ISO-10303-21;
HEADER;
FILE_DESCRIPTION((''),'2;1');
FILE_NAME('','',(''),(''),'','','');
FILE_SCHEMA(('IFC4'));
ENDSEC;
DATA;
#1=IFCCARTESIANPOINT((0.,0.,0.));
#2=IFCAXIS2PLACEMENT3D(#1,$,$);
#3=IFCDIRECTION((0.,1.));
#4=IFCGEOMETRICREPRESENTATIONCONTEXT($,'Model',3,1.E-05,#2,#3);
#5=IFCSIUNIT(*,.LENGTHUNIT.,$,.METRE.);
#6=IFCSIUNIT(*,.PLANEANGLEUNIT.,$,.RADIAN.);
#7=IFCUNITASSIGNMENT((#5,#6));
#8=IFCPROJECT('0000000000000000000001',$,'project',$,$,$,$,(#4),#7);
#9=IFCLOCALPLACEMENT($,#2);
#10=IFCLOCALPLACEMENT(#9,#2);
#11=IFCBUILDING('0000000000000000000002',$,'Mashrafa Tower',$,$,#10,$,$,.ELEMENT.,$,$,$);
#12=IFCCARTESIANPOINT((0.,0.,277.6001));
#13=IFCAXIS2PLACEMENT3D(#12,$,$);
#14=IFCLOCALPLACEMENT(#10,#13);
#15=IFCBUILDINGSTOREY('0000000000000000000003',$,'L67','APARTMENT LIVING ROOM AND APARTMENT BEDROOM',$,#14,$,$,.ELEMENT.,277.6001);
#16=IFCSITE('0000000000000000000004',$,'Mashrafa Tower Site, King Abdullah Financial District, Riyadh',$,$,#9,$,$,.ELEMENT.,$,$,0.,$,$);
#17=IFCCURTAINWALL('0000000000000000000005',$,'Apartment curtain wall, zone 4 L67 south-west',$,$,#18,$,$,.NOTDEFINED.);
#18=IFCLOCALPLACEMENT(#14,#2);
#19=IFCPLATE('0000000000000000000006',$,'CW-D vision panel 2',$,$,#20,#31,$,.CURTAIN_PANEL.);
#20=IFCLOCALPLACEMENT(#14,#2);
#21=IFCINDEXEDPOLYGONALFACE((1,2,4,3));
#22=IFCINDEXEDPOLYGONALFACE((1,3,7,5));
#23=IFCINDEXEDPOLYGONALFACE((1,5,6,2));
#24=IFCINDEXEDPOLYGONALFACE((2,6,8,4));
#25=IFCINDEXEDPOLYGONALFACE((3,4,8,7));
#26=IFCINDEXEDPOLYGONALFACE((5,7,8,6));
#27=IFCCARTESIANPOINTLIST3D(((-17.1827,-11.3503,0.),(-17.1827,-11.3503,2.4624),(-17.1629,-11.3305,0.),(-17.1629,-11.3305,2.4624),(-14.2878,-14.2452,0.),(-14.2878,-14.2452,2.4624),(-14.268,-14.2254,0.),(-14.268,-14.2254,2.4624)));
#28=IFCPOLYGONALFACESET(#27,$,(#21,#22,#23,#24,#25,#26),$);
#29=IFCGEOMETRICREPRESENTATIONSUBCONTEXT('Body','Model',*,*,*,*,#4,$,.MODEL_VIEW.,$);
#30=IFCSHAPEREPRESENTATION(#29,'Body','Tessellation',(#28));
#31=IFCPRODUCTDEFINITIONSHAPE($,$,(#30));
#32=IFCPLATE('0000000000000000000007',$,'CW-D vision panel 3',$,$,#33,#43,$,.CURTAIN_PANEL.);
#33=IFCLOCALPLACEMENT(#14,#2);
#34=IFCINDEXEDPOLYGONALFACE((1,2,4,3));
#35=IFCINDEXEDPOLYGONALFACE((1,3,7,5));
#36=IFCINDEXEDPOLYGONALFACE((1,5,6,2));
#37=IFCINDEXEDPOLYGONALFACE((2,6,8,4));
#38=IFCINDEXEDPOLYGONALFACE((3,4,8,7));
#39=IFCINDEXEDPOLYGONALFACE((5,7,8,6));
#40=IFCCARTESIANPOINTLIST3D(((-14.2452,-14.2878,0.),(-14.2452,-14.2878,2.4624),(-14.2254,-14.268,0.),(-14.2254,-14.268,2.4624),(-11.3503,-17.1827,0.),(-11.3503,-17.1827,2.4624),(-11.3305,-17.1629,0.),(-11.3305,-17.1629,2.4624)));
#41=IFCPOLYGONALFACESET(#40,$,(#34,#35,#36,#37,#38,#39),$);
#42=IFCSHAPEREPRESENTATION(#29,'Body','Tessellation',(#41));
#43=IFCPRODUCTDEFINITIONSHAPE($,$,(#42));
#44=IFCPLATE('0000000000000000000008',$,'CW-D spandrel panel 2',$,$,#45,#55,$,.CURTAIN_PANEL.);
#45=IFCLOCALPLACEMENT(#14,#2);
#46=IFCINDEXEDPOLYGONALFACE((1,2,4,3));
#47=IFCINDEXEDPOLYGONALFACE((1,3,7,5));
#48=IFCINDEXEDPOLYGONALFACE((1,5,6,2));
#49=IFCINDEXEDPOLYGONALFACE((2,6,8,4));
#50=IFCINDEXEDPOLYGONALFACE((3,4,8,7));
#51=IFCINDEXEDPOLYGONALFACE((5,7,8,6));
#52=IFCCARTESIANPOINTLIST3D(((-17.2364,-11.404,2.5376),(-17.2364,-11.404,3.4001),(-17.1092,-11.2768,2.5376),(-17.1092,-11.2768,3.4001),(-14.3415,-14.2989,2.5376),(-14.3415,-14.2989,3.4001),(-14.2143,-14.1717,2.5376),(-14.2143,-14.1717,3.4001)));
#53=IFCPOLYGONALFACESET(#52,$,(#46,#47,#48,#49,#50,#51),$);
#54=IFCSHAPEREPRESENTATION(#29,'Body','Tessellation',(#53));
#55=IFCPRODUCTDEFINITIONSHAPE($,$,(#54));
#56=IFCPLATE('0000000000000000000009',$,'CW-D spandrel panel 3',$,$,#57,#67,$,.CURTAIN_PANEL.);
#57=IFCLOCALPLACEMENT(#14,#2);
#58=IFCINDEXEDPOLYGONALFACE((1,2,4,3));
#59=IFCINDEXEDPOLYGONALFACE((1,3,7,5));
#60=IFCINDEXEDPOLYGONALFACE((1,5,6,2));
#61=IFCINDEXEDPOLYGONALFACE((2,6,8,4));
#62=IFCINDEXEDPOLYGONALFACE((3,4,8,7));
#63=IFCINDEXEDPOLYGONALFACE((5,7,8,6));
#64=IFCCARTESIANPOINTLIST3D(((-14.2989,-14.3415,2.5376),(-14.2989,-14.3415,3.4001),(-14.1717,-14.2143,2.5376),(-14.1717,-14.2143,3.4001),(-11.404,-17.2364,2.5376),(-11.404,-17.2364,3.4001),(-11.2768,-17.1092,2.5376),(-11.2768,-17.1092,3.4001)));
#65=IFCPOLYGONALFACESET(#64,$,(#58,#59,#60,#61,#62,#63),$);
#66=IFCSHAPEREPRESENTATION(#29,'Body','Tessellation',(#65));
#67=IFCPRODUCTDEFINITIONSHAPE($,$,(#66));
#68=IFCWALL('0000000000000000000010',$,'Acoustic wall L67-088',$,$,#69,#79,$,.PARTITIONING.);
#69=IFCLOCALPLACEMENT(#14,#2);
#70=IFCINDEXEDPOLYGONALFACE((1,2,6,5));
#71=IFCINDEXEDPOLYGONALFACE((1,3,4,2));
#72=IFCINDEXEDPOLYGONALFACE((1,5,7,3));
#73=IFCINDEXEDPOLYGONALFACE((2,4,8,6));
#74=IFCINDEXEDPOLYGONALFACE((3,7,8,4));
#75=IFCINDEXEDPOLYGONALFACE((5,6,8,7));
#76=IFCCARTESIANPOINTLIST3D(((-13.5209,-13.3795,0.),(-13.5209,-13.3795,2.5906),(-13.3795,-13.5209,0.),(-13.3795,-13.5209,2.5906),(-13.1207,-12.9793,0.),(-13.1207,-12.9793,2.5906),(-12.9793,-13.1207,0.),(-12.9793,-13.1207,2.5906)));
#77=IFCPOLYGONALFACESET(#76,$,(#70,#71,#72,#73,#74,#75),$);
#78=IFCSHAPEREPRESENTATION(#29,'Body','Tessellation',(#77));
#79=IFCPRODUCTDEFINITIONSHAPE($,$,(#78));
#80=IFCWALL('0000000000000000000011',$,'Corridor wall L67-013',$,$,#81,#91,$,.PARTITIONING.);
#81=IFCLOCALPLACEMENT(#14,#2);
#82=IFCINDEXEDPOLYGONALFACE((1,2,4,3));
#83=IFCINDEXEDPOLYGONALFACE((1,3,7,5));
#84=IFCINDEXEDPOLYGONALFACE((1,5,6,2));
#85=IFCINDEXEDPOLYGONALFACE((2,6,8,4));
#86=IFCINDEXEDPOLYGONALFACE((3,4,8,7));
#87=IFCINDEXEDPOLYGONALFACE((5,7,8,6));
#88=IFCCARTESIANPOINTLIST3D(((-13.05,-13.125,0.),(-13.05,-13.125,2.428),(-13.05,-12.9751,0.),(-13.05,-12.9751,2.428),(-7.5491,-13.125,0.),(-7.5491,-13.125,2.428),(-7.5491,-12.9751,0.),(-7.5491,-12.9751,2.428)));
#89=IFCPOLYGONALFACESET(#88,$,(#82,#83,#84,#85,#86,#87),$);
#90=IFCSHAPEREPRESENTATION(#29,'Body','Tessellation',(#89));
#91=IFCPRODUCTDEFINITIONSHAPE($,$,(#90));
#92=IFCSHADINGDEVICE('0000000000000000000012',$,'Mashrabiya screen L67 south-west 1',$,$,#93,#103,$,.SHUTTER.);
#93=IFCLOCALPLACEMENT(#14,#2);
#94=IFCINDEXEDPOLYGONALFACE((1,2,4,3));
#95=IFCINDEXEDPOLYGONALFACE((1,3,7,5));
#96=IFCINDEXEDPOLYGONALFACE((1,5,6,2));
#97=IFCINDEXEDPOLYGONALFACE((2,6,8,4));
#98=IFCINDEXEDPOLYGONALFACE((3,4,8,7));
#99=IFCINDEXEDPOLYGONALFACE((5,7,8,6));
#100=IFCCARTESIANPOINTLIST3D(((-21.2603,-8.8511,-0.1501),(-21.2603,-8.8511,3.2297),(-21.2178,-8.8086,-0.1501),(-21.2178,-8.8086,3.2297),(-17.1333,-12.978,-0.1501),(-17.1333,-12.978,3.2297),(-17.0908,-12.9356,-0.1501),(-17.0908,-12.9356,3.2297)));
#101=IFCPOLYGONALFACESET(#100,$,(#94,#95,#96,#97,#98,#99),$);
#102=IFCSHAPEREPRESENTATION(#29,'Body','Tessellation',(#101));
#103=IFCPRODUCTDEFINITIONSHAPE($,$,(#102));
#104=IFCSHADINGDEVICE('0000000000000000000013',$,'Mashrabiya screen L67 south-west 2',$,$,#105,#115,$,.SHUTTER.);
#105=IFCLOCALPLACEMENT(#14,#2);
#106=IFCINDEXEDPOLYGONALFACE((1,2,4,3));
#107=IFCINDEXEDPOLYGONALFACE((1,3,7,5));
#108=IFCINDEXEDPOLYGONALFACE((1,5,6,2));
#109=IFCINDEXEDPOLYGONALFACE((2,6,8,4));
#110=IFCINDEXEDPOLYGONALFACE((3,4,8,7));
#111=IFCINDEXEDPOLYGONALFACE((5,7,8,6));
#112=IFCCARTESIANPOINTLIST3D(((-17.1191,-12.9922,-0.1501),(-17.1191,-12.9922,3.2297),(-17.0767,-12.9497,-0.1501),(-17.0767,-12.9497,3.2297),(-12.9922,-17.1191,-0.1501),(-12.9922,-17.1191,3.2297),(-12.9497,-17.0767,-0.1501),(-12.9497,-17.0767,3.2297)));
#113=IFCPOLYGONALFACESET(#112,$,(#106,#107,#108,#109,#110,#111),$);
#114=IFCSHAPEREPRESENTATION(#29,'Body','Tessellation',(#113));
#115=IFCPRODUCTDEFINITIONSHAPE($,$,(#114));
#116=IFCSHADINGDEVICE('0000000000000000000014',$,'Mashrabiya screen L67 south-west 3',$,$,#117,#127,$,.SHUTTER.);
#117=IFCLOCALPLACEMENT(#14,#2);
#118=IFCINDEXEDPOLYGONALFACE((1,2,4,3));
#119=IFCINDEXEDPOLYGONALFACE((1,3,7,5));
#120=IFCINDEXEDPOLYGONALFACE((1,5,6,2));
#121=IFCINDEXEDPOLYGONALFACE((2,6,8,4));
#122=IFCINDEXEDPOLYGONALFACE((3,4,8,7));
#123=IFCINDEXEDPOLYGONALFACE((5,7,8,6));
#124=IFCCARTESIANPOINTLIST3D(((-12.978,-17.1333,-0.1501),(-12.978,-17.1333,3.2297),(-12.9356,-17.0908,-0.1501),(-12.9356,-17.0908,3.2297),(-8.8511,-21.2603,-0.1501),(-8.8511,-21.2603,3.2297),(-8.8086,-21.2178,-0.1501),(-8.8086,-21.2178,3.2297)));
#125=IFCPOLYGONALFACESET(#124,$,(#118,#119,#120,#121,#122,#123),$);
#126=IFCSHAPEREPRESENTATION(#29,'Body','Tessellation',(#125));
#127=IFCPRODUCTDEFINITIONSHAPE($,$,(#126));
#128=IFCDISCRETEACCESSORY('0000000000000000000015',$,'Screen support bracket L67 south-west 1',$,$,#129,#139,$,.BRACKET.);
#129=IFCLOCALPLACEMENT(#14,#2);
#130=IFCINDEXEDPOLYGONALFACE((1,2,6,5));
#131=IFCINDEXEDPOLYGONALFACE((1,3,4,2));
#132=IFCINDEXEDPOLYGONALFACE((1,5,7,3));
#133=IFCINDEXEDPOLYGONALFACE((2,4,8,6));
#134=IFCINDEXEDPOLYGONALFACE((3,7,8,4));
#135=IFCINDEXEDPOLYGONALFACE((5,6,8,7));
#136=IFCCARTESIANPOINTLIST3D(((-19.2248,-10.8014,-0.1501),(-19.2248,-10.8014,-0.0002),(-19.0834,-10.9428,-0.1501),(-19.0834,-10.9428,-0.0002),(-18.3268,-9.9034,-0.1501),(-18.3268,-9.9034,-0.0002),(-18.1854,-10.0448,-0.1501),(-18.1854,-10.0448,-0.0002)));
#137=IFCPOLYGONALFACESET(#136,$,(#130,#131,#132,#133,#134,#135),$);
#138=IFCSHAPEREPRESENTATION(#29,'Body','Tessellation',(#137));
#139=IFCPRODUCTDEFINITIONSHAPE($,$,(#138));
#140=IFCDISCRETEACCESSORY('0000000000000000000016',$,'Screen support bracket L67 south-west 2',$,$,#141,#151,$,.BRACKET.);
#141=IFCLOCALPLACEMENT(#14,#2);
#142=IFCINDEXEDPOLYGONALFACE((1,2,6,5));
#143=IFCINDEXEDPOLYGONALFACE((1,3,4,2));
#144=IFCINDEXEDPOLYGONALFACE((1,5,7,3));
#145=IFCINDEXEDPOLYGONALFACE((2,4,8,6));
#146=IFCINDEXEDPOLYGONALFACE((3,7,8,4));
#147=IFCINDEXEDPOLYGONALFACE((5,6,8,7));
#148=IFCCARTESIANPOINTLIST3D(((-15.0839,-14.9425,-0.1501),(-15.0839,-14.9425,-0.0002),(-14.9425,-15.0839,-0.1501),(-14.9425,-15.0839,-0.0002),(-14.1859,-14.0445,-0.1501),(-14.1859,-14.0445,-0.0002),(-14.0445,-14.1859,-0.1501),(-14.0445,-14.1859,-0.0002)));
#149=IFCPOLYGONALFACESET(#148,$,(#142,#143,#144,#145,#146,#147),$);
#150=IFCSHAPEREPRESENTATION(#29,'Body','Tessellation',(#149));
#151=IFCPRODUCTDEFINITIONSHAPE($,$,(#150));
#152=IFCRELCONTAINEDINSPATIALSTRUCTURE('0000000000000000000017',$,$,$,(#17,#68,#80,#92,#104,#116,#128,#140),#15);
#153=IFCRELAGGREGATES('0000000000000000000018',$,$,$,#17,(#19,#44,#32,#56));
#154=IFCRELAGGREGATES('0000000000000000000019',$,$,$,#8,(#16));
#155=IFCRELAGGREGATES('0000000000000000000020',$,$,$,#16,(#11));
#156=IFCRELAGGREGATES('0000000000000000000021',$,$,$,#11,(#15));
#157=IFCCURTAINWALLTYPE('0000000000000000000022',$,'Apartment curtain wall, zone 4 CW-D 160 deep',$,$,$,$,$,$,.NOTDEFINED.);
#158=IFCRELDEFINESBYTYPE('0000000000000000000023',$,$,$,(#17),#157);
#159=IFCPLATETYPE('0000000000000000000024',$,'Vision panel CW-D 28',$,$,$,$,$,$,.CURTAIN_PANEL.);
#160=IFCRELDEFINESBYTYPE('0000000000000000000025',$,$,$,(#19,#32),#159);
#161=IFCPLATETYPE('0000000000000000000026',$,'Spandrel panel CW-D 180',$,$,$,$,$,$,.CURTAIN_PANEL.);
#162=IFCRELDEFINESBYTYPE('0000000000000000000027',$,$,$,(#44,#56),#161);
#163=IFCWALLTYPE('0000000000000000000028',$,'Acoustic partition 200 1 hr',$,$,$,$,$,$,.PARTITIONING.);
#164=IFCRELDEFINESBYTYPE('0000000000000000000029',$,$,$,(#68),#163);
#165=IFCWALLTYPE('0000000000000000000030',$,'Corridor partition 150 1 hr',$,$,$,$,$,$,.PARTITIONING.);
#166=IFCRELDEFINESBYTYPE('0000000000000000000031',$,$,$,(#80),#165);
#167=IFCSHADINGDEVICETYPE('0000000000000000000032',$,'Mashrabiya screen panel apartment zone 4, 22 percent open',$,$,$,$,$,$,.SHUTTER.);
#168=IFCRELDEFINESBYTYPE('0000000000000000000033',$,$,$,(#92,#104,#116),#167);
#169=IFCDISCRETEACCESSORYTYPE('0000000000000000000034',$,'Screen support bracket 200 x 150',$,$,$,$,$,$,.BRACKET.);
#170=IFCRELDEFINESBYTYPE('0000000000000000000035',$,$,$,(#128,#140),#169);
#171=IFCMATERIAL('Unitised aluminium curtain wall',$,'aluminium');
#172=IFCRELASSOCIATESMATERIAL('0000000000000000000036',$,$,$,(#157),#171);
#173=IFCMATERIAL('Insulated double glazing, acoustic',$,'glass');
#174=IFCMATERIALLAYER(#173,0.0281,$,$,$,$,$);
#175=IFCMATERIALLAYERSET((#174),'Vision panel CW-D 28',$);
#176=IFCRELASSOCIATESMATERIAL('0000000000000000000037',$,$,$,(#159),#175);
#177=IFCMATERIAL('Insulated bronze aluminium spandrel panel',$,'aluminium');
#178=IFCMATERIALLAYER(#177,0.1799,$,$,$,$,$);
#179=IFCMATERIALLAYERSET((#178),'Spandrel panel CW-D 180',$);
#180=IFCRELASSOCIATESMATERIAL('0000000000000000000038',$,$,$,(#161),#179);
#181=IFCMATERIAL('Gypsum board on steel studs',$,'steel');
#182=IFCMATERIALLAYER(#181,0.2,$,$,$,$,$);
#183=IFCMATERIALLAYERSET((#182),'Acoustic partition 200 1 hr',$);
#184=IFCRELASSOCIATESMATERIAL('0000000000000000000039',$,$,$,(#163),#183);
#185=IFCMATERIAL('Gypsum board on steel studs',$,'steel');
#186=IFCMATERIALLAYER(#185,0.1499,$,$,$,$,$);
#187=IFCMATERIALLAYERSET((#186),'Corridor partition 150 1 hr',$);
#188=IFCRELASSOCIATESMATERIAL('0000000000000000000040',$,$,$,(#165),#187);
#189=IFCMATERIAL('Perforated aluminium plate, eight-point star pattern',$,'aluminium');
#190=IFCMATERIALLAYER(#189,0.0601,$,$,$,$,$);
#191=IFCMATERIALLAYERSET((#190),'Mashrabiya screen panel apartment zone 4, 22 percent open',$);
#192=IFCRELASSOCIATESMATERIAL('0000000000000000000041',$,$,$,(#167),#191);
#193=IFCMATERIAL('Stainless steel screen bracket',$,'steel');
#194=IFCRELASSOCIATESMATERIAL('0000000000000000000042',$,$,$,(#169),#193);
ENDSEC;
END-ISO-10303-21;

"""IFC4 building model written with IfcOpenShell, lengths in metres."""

from ifc_helpers import new_model, si_unit, direction, frame, frame_2d, origin, origin_2d, place, context, subcontext, project, spatial, rectangle, extrude, source, transform, mapped, material, layer, layer_set, type_object, type_shapes, element, aggregate, save


model = new_model("IFC4")

# Units and contexts
model_context = context("Model", 3, precision=1e-05, world=origin(), true_north=direction((0.0, 1.0)))
body_context = subcontext(model_context, "Body", "Model", "MODEL_VIEW")
ifc_project = project(units=[si_unit("LENGTHUNIT", "METRE"), si_unit("PLANEANGLEUNIT", "RADIAN")], contexts=[model_context])

# Site, building, storey
site_placement = place(None, origin())
site = spatial("IfcSite", under=ifc_project, at=site_placement, Name="Mashrafa Tower Site, King Abdullah Financial District, Riyadh", CompositionType="ELEMENT", RefElevation=0.0)
building_placement = place(site_placement, origin())
building = spatial("IfcBuilding", under=site, at=building_placement, Name="Mashrafa Tower", CompositionType="ELEMENT")
storey_placement = place(building_placement, frame((0.0, 0.0, 277.6001)))
storey = spatial("IfcBuildingStorey", under=building, at=storey_placement, Name="L67", Description="APARTMENT LIVING ROOM AND APARTMENT BEDROOM", CompositionType="ELEMENT", Elevation=277.6001)

# Curtain wall, plates
ifc_material_1 = material(Name="Unitised aluminium curtain wall", Category="aluminium")
curtain_wall_type = type_object("IfcCurtainWallType", Name="Apartment curtain wall, zone 4 CW-D 160 deep", PredefinedType="NOTDEFINED", material=ifc_material_1)
curtain_wall_placement = place(storey_placement, origin())
curtain_wall = element("IfcCurtainWall", 1, at=curtain_wall_placement, inside=storey, type_object=curtain_wall_type, Name="Apartment curtain wall, zone 4 L67 south-west", PredefinedType="NOTDEFINED")
ifc_material_2 = material(Name="Insulated double glazing, acoustic", Category="glass")
ifc_layer_1 = layer(ifc_material_2, 0.0281)
ifc_layer_set_1 = layer_set([ifc_layer_1], Name="Vision panel CW-D 28")
plate_type_1 = type_object("IfcPlateType", Name="Vision panel CW-D 28", PredefinedType="CURTAIN_PANEL", material=ifc_layer_set_1)
ifc_material_3 = material(Name="Insulated bronze aluminium spandrel panel", Category="aluminium")
ifc_layer_2 = layer(ifc_material_3, 0.1799)
ifc_layer_set_2 = layer_set([ifc_layer_2], Name="Spandrel panel CW-D 180")
plate_type_2 = type_object("IfcPlateType", Name="Spandrel panel CW-D 180", PredefinedType="CURTAIN_PANEL", material=ifc_layer_set_2)
shared_shape_1 = source(origin(), body_context, "Body", "SweptSolid", [
    extrude(rectangle(XDim=4.094, YDim=0.0281, at=origin_2d()), origin(), (0.0, 0.0, 1.0), 2.4624),
])
plate_1_placement = place(storey_placement, frame((-15.7253, -12.7878, 0.0), z_axis=(0.0, 0.0, 1.0), x_axis=(0.707107, -0.707107, 0.0)))
plate_1 = element("IfcPlate", 2, at=plate_1_placement, type_object=plate_type_1, Name="CW-D vision panel 2", PredefinedType="CURTAIN_PANEL", context=body_context, shape_type="MappedRepresentation", body=[
    mapped(shared_shape_1, transform((0.0, 0.0, 0.0))),
])
plate_2_placement = place(storey_placement, frame((-12.7878, -15.7253, 0.0), z_axis=(0.0, 0.0, 1.0), x_axis=(0.707107, -0.707107, 0.0)))
plate_2 = element("IfcPlate", 3, at=plate_2_placement, type_object=plate_type_1, Name="CW-D vision panel 3", PredefinedType="CURTAIN_PANEL", context=body_context, shape_type="MappedRepresentation", body=[
    mapped(shared_shape_1, transform((0.0, 0.0, 0.0))),
])
shared_shape_2 = source(origin(), body_context, "Body", "SweptSolid", [
    extrude(rectangle(XDim=4.094, YDim=0.1799, at=origin_2d()), origin(), (0.0, 0.0, 1.0), 0.8625),
])
plate_3_placement = place(storey_placement, frame((-15.7253, -12.7878, 2.5376), z_axis=(0.0, 0.0, 1.0), x_axis=(0.707107, -0.707107, 0.0)))
plate_3 = element("IfcPlate", 4, at=plate_3_placement, type_object=plate_type_2, Name="CW-D spandrel panel 2", PredefinedType="CURTAIN_PANEL", context=body_context, shape_type="MappedRepresentation", body=[
    mapped(shared_shape_2, transform((0.0, 0.0, 0.0))),
])
plate_4_placement = place(storey_placement, frame((-12.7878, -15.7253, 2.5376), z_axis=(0.0, 0.0, 1.0), x_axis=(0.707107, -0.707107, 0.0)))
plate_4 = element("IfcPlate", 5, at=plate_4_placement, type_object=plate_type_2, Name="CW-D spandrel panel 3", PredefinedType="CURTAIN_PANEL", context=body_context, shape_type="MappedRepresentation", body=[
    mapped(shared_shape_2, transform((0.0, 0.0, 0.0))),
])
aggregate(curtain_wall, [plate_1, plate_3, plate_2, plate_4])

# Walls
ifc_material_4 = material(Name="Gypsum board on steel studs", Category="steel")
ifc_layer_3 = layer(ifc_material_4, 0.2)
ifc_layer_set_3 = layer_set([ifc_layer_3], Name="Acoustic partition 200 1 hr")
wall_type_1 = type_object("IfcWallType", Name="Acoustic partition 200 1 hr", PredefinedType="PARTITIONING", material=ifc_layer_set_3)
wall_1_placement = place(storey_placement, frame((-13.4502, -13.4502, 0.0), z_axis=(0.0, 0.0, 1.0), x_axis=(0.707107, 0.707107, 0.0)))
element("IfcWall", 6, at=wall_1_placement, inside=storey, type_object=wall_type_1, Name="Acoustic wall L67-088", PredefinedType="PARTITIONING", context=body_context, shape_type="SweptSolid", body=[
    extrude(rectangle(XDim=0.5659, YDim=0.2, at=frame_2d((0.283, 0.0))), origin(), (0.0, 0.0, 1.0), 2.5906),
])
ifc_material_5 = material(Name="Gypsum board on steel studs", Category="steel")
ifc_layer_4 = layer(ifc_material_5, 0.1499)
ifc_layer_set_4 = layer_set([ifc_layer_4], Name="Corridor partition 150 1 hr")
wall_type_2 = type_object("IfcWallType", Name="Corridor partition 150 1 hr", PredefinedType="PARTITIONING", material=ifc_layer_set_4)
wall_2_placement = place(storey_placement, frame((-13.05, -13.05, 0.0), z_axis=(0.0, 0.0, 1.0), x_axis=(1.0, 0.0, 0.0)))
element("IfcWall", 7, at=wall_2_placement, inside=storey, type_object=wall_type_2, Name="Corridor wall L67-013", PredefinedType="PARTITIONING", context=body_context, shape_type="SweptSolid", body=[
    extrude(rectangle(XDim=5.501, YDim=0.1499, at=frame_2d((2.7505, 0.0))), origin(), (0.0, 0.0, 1.0), 2.428),
])

# Shading devices
ifc_material_6 = material(Name="Perforated aluminium plate, eight-point star pattern", Category="aluminium")
ifc_layer_5 = layer(ifc_material_6, 0.0601)
ifc_layer_set_5 = layer_set([ifc_layer_5], Name="Mashrabiya screen panel apartment zone 4, 22 percent open")
shading_device_type = type_object("IfcShadingDeviceType", Name="Mashrabiya screen panel apartment zone 4, 22 percent open", PredefinedType="SHUTTER", material=ifc_layer_set_5)
shared_shape_3 = source(origin(), body_context, "Body", "SweptSolid", [
    extrude(rectangle(XDim=5.8364, YDim=0.0601, at=origin_2d()), origin(), (0.0, 0.0, 1.0), 3.3799),
])
type_shapes(shading_device_type, [shared_shape_3])
for number, where, z_axis, x_axis, name in (
    (8, (-19.1755, -10.8933, -0.1501), (0.0, 0.0, 1.0), (0.707107, -0.707107, 0.0), "Mashrabiya screen L67 south-west 1"),
    (9, (-15.0344, -15.0344, -0.1501), (0.0, 0.0, 1.0), (0.707107, -0.707107, 0.0), "Mashrabiya screen L67 south-west 2"),
    (10, (-10.8933, -19.1755, -0.1501), (0.0, 0.0, 1.0), (0.707107, -0.707107, 0.0), "Mashrabiya screen L67 south-west 3"),
):
    element("IfcShadingDevice", number, at=place(storey_placement, frame(where, z_axis=z_axis, x_axis=x_axis)), inside=storey, type_object=shading_device_type, Name=name, PredefinedType="SHUTTER", context=body_context, shape_type="MappedRepresentation", body=[
        mapped(shared_shape_3, transform((0.0, 0.0, 0.0))),
    ])

# Discrete accessories
ifc_material_7 = material(Name="Stainless steel screen bracket", Category="steel")
discrete_accessory_type = type_object("IfcDiscreteAccessoryType", Name="Screen support bracket 200 x 150", PredefinedType="BRACKET", material=ifc_material_7)
shared_shape_4 = source(origin(), body_context, "Body", "SweptSolid", [
    extrude(rectangle(XDim=0.2, YDim=1.27, at=origin_2d()), origin(), (0.0, 0.0, 1.0), 0.1499),
])
type_shapes(discrete_accessory_type, [shared_shape_4])
for number, where, z_axis, x_axis, name in (
    (11, (-18.7051, -10.4231, -0.1501), (0.0, 0.0, 1.0), (0.707107, -0.707107, 0.0), "Screen support bracket L67 south-west 1"),
    (12, (-14.5642, -14.5642, -0.1501), (0.0, 0.0, 1.0), (0.707107, -0.707107, 0.0), "Screen support bracket L67 south-west 2"),
):
    element("IfcDiscreteAccessory", number, at=place(storey_placement, frame(where, z_axis=z_axis, x_axis=x_axis)), inside=storey, type_object=discrete_accessory_type, Name=name, PredefinedType="BRACKET", context=body_context, shape_type="MappedRepresentation", body=[
        mapped(shared_shape_4, transform((0.0, 0.0, 0.0))),
    ])

save(model, "model.ifc")
